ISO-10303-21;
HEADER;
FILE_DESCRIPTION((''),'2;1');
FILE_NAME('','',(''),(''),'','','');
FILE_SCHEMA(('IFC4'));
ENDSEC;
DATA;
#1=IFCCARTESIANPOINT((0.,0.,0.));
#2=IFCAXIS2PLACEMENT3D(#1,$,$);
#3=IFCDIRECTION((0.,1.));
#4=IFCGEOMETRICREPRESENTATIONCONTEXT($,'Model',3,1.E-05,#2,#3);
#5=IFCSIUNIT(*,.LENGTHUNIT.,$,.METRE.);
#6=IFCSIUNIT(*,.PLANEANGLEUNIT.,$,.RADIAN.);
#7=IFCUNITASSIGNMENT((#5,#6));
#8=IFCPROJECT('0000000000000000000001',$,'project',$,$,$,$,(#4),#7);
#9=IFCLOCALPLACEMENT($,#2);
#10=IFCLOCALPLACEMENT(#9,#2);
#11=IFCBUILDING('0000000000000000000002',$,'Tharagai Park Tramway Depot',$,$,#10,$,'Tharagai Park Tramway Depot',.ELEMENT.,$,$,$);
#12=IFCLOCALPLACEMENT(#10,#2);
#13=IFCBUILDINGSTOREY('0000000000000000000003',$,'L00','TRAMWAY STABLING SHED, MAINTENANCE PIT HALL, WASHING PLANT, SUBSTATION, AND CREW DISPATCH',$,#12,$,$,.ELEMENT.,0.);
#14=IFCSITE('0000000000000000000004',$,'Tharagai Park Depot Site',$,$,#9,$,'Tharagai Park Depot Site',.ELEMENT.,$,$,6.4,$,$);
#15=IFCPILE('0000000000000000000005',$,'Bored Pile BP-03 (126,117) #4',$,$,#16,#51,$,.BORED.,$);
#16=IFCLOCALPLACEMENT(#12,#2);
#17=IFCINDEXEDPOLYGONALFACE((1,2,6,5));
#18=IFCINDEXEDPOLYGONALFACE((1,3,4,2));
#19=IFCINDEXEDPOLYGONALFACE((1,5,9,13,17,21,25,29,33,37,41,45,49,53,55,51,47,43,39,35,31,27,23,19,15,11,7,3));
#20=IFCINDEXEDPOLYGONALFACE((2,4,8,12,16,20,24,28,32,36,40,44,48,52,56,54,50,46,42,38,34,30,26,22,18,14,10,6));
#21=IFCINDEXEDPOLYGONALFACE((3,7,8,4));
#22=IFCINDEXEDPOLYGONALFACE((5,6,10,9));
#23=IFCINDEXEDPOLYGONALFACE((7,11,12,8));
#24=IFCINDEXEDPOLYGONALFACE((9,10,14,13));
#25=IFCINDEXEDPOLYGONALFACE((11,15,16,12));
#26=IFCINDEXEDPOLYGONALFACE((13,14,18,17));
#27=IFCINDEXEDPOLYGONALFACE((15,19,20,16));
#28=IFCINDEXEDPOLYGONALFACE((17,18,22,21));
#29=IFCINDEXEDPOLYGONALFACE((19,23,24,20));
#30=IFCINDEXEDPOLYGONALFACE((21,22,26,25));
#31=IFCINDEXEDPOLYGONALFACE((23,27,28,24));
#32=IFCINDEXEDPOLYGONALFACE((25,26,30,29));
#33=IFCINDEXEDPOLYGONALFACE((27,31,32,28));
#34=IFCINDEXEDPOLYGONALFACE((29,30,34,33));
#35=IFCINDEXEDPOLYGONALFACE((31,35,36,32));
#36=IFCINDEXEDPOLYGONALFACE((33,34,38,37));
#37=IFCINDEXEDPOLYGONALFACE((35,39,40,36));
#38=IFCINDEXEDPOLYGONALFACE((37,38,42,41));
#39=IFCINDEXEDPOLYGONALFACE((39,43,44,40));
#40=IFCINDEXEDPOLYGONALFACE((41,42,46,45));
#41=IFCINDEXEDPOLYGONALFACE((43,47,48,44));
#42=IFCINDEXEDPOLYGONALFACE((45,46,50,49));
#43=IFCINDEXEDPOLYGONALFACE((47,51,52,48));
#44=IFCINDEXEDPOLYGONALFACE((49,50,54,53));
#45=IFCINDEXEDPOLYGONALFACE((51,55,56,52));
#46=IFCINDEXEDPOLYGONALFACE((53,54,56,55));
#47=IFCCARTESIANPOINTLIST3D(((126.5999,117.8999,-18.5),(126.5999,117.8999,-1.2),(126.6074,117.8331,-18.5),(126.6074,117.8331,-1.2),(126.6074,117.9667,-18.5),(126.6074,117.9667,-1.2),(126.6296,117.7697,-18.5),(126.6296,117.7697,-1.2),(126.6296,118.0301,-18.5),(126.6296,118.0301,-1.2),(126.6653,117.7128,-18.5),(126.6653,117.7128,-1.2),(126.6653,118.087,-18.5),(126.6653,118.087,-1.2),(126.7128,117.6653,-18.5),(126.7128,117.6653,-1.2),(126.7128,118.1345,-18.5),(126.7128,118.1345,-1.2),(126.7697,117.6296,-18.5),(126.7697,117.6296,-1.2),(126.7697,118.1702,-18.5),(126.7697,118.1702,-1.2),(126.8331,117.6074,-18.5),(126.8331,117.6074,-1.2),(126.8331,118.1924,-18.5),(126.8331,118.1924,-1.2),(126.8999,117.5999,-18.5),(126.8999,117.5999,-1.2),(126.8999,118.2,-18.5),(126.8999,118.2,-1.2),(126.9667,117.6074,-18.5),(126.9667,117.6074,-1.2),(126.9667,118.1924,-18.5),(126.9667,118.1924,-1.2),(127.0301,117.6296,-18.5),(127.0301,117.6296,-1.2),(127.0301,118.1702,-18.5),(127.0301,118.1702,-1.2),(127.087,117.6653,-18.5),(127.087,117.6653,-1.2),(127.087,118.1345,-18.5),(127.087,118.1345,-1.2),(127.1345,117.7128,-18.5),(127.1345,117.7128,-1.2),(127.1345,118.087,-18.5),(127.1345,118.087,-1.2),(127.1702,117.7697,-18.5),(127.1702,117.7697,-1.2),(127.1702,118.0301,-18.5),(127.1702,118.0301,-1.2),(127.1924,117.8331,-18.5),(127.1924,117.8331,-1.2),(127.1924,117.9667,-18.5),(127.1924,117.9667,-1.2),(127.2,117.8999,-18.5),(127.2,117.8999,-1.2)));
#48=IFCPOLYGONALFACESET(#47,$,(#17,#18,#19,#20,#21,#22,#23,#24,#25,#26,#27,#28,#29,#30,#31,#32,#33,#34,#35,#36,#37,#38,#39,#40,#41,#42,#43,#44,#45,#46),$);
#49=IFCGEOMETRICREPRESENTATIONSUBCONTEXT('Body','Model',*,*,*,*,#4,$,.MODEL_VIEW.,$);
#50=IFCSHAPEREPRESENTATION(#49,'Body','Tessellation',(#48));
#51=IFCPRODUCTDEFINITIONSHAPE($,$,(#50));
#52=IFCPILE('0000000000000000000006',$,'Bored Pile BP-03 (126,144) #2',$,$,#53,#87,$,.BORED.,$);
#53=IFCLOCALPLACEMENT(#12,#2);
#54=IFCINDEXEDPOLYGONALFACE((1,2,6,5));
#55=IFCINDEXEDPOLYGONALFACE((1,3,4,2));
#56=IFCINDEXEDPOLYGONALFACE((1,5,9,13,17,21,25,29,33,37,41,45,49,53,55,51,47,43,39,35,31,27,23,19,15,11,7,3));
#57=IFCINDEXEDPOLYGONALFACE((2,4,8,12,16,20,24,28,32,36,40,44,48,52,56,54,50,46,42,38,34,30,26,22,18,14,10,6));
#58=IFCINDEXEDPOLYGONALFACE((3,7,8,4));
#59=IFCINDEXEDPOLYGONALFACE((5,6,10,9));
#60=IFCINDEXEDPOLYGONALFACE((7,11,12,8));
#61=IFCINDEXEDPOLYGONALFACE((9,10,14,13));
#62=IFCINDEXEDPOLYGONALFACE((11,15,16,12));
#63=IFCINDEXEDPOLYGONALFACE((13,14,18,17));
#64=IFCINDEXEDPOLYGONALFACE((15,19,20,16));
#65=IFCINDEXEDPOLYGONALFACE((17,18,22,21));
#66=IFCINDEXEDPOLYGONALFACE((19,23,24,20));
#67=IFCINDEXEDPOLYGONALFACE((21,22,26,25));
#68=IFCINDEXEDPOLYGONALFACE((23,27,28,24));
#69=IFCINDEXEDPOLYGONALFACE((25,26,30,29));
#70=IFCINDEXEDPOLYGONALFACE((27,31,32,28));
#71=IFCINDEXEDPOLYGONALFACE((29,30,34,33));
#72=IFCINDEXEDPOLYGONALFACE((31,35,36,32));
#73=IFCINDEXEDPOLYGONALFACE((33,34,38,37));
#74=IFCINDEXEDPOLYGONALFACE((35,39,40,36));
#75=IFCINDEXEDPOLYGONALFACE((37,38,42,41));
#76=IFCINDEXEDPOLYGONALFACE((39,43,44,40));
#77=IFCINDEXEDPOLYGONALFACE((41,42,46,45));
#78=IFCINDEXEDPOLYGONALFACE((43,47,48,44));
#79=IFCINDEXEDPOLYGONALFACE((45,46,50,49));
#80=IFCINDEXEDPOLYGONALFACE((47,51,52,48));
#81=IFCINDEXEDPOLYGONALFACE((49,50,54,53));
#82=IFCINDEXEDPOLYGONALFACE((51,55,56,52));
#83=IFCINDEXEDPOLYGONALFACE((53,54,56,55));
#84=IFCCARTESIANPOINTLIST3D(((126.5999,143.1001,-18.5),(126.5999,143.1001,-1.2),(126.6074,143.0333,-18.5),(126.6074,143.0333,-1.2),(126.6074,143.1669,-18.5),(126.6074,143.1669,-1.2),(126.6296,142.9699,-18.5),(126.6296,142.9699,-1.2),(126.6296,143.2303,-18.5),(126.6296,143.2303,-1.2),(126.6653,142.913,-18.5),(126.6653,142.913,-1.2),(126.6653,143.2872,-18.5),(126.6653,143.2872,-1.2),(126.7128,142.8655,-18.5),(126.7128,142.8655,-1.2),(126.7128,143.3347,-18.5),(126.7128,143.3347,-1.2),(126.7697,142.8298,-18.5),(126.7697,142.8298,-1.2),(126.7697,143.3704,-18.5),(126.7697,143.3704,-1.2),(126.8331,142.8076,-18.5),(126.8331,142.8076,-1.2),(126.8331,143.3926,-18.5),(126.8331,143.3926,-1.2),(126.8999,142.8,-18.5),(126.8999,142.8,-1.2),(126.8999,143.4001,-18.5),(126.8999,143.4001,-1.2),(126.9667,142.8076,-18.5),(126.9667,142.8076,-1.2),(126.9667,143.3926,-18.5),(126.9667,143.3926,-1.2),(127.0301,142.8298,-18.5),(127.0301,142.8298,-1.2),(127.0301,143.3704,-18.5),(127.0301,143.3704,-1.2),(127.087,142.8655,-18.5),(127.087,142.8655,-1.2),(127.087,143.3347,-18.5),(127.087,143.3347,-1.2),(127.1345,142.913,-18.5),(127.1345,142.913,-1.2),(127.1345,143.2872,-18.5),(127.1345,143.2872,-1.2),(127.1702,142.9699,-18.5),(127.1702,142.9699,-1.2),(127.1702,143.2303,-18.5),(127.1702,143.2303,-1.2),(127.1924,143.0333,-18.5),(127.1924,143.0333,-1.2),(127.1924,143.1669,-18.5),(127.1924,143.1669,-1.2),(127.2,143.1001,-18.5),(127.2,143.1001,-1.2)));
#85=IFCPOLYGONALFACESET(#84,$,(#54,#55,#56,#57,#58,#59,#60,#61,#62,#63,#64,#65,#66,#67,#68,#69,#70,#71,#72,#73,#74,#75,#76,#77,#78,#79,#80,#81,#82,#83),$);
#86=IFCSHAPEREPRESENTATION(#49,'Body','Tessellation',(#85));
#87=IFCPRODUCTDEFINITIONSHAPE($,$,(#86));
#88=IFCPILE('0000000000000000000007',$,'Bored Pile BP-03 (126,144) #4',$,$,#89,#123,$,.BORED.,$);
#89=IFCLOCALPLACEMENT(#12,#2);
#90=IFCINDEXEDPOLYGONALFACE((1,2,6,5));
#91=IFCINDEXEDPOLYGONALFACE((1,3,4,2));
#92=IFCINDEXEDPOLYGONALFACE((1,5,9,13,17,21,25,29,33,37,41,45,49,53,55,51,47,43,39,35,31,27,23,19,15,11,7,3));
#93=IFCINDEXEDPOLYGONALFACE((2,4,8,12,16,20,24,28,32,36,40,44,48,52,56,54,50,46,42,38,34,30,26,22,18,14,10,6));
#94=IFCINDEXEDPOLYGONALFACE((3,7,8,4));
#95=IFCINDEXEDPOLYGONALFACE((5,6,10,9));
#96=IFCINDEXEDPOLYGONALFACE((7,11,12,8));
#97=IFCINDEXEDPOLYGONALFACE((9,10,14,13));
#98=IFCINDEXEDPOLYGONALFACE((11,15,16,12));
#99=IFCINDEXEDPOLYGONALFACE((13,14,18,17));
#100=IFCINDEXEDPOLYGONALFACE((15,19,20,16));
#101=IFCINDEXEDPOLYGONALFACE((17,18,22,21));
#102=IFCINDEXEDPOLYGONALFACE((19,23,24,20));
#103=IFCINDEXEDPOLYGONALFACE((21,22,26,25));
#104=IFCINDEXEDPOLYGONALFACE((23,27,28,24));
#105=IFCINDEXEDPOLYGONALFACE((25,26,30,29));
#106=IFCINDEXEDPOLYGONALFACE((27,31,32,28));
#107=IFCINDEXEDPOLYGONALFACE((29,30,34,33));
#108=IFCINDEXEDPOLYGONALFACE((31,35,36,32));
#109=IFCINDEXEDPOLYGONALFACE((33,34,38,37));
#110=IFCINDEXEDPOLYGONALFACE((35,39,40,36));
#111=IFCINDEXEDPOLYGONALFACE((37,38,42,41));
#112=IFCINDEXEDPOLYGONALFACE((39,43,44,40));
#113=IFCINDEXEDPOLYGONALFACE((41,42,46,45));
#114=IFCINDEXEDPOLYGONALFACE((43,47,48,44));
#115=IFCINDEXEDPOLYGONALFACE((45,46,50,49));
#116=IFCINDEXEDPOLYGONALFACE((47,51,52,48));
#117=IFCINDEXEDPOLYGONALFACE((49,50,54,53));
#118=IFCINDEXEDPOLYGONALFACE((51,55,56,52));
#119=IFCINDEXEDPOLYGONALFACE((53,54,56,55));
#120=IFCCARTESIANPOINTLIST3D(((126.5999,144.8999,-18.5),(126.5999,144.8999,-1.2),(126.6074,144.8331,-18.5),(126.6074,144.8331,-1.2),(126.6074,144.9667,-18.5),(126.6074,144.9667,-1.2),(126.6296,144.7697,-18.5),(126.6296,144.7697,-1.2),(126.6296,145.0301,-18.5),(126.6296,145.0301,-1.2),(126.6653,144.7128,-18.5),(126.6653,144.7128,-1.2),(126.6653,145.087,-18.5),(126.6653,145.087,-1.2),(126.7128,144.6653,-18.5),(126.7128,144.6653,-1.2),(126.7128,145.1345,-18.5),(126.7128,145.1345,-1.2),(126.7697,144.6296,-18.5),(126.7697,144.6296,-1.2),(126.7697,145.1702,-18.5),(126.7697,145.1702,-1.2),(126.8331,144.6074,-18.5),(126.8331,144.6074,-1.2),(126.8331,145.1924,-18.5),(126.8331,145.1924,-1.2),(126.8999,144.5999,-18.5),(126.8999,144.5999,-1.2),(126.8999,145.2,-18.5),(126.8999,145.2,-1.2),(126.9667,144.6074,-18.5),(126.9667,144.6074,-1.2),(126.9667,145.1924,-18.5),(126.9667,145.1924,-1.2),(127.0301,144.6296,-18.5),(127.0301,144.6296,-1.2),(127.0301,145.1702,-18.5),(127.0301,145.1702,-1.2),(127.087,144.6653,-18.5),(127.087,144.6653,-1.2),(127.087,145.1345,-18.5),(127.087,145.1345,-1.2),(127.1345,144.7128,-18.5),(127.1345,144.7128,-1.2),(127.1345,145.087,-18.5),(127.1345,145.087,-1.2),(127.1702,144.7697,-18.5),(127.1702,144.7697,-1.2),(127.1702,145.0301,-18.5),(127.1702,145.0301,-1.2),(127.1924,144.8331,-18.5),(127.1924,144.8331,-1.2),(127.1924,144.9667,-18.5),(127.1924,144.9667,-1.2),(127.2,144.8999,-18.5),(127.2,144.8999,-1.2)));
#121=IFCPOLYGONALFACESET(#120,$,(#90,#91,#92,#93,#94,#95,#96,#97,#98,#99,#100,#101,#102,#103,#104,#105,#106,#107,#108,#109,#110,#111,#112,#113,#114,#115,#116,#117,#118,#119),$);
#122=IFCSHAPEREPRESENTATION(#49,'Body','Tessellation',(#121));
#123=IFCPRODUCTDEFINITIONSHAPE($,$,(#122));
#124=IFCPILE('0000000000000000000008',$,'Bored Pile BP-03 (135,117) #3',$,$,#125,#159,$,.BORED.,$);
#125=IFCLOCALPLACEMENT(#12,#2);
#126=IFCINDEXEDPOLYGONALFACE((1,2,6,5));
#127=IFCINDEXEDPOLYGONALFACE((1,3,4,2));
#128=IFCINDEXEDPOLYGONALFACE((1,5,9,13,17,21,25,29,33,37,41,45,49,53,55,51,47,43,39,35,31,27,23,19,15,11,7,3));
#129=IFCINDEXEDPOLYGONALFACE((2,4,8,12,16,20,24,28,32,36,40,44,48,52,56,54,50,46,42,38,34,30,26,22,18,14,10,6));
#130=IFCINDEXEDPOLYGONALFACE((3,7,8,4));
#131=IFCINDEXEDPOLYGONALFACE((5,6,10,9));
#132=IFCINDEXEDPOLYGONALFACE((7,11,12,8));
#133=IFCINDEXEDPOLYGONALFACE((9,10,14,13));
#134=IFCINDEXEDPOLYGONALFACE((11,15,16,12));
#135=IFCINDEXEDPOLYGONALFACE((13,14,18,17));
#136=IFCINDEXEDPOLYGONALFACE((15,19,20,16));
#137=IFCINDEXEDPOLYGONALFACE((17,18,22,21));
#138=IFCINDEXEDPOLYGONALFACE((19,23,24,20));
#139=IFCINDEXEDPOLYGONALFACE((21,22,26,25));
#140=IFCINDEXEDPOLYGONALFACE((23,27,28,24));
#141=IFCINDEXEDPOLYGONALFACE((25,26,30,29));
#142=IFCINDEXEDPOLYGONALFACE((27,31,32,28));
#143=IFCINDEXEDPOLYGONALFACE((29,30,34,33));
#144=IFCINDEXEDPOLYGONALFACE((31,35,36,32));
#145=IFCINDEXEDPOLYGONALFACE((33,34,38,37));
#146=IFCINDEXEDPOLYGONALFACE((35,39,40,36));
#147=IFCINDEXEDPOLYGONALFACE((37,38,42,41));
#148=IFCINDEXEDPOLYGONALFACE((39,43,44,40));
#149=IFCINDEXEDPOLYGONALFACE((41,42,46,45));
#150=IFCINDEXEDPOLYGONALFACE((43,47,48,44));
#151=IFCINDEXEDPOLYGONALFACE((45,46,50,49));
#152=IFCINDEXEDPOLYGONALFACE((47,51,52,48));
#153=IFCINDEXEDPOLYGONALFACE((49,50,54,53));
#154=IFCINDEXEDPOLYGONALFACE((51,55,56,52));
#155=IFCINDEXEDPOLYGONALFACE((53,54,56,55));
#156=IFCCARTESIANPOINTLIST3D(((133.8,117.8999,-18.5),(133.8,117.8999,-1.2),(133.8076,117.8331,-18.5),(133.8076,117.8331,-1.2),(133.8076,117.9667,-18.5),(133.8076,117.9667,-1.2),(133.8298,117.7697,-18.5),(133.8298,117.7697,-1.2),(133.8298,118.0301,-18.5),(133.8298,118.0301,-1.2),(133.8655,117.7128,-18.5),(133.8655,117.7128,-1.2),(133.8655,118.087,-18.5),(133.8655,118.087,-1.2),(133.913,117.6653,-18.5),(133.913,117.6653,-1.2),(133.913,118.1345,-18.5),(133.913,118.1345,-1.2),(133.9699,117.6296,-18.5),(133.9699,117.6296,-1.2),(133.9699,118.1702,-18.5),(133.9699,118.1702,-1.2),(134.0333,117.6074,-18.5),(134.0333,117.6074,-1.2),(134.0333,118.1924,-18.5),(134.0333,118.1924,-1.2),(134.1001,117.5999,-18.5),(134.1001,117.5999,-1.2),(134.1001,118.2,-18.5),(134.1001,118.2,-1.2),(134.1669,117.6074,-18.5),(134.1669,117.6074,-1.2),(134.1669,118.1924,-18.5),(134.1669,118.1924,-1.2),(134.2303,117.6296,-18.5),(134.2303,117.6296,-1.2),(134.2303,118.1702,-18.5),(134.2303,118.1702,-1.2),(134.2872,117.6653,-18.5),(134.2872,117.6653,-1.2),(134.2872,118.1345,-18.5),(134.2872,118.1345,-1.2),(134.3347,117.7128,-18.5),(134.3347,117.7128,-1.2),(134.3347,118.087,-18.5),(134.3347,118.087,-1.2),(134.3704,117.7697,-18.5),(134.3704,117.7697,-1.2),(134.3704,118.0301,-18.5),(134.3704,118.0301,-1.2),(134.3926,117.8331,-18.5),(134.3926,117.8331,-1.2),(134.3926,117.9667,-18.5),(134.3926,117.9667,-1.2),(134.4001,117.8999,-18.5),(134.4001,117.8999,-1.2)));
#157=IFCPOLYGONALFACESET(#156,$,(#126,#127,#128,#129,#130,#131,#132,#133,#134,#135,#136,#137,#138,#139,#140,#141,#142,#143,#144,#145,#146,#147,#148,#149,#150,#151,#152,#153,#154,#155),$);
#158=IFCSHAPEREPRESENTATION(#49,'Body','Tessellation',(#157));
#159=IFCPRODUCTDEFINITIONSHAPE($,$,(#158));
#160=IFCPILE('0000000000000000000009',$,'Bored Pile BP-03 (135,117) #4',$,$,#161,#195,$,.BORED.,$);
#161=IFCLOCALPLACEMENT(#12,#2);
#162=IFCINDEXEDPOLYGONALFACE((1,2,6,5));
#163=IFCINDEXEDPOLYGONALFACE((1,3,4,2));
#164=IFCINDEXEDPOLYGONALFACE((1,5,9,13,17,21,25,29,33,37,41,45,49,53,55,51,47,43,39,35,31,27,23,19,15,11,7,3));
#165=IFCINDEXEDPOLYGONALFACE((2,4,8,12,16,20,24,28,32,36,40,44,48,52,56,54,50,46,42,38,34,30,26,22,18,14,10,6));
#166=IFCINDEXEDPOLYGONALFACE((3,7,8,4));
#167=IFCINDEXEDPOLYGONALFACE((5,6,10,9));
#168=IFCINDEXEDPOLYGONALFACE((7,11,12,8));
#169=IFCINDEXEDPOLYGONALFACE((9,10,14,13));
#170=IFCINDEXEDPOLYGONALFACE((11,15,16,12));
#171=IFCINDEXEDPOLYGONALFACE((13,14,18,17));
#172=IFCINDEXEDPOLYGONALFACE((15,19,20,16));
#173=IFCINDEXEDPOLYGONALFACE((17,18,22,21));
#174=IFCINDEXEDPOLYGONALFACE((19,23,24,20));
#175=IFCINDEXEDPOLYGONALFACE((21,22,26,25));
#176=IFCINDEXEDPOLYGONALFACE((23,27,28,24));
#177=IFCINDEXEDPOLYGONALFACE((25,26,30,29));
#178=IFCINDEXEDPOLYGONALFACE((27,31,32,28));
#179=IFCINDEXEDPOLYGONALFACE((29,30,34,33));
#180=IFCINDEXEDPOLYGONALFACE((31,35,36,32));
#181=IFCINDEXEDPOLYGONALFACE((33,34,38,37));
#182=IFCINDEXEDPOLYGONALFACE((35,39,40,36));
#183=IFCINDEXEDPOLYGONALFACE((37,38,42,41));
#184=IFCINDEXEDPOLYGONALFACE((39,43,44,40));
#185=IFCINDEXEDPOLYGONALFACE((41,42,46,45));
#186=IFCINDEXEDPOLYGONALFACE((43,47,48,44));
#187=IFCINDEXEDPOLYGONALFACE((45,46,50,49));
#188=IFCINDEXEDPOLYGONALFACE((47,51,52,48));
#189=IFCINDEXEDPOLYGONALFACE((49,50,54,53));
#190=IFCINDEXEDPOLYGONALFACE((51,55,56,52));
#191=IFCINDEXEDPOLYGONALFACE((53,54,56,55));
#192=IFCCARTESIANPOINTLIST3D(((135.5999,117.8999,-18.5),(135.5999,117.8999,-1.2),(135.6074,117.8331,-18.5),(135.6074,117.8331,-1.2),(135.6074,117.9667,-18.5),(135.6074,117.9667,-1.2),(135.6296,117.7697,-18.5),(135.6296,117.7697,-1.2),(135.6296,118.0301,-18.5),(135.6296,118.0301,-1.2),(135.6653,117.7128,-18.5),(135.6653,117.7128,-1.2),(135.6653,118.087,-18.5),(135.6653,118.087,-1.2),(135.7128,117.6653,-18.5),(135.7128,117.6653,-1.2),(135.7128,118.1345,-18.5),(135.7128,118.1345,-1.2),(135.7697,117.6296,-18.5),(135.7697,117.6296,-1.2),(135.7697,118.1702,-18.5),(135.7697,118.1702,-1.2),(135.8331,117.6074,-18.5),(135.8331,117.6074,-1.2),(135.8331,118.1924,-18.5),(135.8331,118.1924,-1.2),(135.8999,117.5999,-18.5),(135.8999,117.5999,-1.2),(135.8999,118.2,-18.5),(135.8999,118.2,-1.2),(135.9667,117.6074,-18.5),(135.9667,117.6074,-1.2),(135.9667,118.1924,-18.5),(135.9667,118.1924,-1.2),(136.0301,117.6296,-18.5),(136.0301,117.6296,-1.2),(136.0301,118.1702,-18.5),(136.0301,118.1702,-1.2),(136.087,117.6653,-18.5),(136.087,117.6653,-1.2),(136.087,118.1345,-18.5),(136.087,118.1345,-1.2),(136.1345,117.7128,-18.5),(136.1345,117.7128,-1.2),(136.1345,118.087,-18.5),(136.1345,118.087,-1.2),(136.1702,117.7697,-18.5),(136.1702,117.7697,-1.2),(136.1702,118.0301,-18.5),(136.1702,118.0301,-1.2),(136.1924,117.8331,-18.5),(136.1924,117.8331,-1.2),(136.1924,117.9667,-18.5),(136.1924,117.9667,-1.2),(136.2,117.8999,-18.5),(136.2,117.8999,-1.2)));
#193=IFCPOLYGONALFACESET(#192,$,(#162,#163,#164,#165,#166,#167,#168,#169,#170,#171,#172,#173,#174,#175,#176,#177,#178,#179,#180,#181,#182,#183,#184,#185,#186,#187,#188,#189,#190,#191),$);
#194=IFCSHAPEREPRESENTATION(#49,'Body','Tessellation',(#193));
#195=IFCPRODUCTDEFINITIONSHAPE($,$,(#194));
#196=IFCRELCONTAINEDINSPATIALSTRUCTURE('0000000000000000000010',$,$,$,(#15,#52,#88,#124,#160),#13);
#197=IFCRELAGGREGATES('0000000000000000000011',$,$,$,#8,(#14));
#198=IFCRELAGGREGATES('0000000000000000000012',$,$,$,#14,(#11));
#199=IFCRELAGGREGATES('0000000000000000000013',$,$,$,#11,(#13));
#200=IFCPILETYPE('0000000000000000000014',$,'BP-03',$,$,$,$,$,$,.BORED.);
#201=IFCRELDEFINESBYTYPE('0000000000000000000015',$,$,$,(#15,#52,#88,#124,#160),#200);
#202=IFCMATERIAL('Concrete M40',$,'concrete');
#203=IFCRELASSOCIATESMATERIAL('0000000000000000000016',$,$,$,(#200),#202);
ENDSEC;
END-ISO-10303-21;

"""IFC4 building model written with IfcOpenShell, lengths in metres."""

from ifc_helpers import new_model, si_unit, direction, frame, origin, origin_2d, place, context, subcontext, project, spatial, circle, extrude, material, material_profile, profile_set, type_object, element, save


model = new_model("IFC4")

# Units and contexts
model_context = context("Model", 3, precision=1e-05, world=origin(), true_north=direction((0.0, 1.0)))
body_context = subcontext(model_context, "Body", "Model", "MODEL_VIEW")
ifc_project = project(units=[si_unit("LENGTHUNIT", "METRE"), si_unit("PLANEANGLEUNIT", "RADIAN")], contexts=[model_context])

# Site, building, storey
site_placement = place(None, origin())
site = spatial("IfcSite", under=ifc_project, at=site_placement, Name="Tharagai Park Depot Site", LongName="Tharagai Park Depot Site", CompositionType="ELEMENT", RefElevation=6.4)
building_placement = place(site_placement, origin())
building = spatial("IfcBuilding", under=site, at=building_placement, Name="Tharagai Park Tramway Depot", LongName="Tharagai Park Tramway Depot", CompositionType="ELEMENT")
storey_placement = place(building_placement, origin())
storey = spatial("IfcBuildingStorey", under=building, at=storey_placement, Name="L00", Description="TRAMWAY STABLING SHED, MAINTENANCE PIT HALL, WASHING PLANT, SUBSTATION, AND CREW DISPATCH", CompositionType="ELEMENT", Elevation=0.0)

# Piles
ifc_material_1 = material(Name="Concrete M40", Category="concrete")
ifc_material_profile_1 = material_profile(ifc_material_1, circle(Radius=0.3, at=origin_2d()), Name="PILE D600")
ifc_profile_set_1 = profile_set([ifc_material_profile_1], Name="Concrete M40")
pile_type = type_object("IfcPileType", Name="BP-03", PredefinedType="BORED", material=ifc_profile_set_1)
for number, where, z_axis, x_axis, name in (
    (1, (126.8999, 117.8999, -1.2), (0.0, 0.0, -1.0), (1.0, 0.0, 0.0), "Bored Pile BP-03 (126,117) #4"),
    (2, (126.8999, 143.1001, -1.2), (0.0, 0.0, -1.0), (1.0, 0.0, 0.0), "Bored Pile BP-03 (126,144) #2"),
    (3, (126.8999, 144.8999, -1.2), (0.0, 0.0, -1.0), (1.0, 0.0, 0.0), "Bored Pile BP-03 (126,144) #4"),
    (4, (134.1001, 117.8999, -1.2), (0.0, 0.0, -1.0), (1.0, 0.0, 0.0), "Bored Pile BP-03 (135,117) #3"),
    (5, (135.8999, 117.8999, -1.2), (0.0, 0.0, -1.0), (1.0, 0.0, 0.0), "Bored Pile BP-03 (135,117) #4"),
):
    element("IfcPile", number, at=place(storey_placement, frame(where, z_axis=z_axis, x_axis=x_axis)), inside=storey, type_object=pile_type, Name=name, PredefinedType="BORED", context=body_context, shape_type="SweptSolid", body=[
        extrude(circle(Radius=0.3, at=origin_2d()), origin(), (0.0, 0.0, 1.0), 17.3),
    ])

save(model, "model.ifc")
